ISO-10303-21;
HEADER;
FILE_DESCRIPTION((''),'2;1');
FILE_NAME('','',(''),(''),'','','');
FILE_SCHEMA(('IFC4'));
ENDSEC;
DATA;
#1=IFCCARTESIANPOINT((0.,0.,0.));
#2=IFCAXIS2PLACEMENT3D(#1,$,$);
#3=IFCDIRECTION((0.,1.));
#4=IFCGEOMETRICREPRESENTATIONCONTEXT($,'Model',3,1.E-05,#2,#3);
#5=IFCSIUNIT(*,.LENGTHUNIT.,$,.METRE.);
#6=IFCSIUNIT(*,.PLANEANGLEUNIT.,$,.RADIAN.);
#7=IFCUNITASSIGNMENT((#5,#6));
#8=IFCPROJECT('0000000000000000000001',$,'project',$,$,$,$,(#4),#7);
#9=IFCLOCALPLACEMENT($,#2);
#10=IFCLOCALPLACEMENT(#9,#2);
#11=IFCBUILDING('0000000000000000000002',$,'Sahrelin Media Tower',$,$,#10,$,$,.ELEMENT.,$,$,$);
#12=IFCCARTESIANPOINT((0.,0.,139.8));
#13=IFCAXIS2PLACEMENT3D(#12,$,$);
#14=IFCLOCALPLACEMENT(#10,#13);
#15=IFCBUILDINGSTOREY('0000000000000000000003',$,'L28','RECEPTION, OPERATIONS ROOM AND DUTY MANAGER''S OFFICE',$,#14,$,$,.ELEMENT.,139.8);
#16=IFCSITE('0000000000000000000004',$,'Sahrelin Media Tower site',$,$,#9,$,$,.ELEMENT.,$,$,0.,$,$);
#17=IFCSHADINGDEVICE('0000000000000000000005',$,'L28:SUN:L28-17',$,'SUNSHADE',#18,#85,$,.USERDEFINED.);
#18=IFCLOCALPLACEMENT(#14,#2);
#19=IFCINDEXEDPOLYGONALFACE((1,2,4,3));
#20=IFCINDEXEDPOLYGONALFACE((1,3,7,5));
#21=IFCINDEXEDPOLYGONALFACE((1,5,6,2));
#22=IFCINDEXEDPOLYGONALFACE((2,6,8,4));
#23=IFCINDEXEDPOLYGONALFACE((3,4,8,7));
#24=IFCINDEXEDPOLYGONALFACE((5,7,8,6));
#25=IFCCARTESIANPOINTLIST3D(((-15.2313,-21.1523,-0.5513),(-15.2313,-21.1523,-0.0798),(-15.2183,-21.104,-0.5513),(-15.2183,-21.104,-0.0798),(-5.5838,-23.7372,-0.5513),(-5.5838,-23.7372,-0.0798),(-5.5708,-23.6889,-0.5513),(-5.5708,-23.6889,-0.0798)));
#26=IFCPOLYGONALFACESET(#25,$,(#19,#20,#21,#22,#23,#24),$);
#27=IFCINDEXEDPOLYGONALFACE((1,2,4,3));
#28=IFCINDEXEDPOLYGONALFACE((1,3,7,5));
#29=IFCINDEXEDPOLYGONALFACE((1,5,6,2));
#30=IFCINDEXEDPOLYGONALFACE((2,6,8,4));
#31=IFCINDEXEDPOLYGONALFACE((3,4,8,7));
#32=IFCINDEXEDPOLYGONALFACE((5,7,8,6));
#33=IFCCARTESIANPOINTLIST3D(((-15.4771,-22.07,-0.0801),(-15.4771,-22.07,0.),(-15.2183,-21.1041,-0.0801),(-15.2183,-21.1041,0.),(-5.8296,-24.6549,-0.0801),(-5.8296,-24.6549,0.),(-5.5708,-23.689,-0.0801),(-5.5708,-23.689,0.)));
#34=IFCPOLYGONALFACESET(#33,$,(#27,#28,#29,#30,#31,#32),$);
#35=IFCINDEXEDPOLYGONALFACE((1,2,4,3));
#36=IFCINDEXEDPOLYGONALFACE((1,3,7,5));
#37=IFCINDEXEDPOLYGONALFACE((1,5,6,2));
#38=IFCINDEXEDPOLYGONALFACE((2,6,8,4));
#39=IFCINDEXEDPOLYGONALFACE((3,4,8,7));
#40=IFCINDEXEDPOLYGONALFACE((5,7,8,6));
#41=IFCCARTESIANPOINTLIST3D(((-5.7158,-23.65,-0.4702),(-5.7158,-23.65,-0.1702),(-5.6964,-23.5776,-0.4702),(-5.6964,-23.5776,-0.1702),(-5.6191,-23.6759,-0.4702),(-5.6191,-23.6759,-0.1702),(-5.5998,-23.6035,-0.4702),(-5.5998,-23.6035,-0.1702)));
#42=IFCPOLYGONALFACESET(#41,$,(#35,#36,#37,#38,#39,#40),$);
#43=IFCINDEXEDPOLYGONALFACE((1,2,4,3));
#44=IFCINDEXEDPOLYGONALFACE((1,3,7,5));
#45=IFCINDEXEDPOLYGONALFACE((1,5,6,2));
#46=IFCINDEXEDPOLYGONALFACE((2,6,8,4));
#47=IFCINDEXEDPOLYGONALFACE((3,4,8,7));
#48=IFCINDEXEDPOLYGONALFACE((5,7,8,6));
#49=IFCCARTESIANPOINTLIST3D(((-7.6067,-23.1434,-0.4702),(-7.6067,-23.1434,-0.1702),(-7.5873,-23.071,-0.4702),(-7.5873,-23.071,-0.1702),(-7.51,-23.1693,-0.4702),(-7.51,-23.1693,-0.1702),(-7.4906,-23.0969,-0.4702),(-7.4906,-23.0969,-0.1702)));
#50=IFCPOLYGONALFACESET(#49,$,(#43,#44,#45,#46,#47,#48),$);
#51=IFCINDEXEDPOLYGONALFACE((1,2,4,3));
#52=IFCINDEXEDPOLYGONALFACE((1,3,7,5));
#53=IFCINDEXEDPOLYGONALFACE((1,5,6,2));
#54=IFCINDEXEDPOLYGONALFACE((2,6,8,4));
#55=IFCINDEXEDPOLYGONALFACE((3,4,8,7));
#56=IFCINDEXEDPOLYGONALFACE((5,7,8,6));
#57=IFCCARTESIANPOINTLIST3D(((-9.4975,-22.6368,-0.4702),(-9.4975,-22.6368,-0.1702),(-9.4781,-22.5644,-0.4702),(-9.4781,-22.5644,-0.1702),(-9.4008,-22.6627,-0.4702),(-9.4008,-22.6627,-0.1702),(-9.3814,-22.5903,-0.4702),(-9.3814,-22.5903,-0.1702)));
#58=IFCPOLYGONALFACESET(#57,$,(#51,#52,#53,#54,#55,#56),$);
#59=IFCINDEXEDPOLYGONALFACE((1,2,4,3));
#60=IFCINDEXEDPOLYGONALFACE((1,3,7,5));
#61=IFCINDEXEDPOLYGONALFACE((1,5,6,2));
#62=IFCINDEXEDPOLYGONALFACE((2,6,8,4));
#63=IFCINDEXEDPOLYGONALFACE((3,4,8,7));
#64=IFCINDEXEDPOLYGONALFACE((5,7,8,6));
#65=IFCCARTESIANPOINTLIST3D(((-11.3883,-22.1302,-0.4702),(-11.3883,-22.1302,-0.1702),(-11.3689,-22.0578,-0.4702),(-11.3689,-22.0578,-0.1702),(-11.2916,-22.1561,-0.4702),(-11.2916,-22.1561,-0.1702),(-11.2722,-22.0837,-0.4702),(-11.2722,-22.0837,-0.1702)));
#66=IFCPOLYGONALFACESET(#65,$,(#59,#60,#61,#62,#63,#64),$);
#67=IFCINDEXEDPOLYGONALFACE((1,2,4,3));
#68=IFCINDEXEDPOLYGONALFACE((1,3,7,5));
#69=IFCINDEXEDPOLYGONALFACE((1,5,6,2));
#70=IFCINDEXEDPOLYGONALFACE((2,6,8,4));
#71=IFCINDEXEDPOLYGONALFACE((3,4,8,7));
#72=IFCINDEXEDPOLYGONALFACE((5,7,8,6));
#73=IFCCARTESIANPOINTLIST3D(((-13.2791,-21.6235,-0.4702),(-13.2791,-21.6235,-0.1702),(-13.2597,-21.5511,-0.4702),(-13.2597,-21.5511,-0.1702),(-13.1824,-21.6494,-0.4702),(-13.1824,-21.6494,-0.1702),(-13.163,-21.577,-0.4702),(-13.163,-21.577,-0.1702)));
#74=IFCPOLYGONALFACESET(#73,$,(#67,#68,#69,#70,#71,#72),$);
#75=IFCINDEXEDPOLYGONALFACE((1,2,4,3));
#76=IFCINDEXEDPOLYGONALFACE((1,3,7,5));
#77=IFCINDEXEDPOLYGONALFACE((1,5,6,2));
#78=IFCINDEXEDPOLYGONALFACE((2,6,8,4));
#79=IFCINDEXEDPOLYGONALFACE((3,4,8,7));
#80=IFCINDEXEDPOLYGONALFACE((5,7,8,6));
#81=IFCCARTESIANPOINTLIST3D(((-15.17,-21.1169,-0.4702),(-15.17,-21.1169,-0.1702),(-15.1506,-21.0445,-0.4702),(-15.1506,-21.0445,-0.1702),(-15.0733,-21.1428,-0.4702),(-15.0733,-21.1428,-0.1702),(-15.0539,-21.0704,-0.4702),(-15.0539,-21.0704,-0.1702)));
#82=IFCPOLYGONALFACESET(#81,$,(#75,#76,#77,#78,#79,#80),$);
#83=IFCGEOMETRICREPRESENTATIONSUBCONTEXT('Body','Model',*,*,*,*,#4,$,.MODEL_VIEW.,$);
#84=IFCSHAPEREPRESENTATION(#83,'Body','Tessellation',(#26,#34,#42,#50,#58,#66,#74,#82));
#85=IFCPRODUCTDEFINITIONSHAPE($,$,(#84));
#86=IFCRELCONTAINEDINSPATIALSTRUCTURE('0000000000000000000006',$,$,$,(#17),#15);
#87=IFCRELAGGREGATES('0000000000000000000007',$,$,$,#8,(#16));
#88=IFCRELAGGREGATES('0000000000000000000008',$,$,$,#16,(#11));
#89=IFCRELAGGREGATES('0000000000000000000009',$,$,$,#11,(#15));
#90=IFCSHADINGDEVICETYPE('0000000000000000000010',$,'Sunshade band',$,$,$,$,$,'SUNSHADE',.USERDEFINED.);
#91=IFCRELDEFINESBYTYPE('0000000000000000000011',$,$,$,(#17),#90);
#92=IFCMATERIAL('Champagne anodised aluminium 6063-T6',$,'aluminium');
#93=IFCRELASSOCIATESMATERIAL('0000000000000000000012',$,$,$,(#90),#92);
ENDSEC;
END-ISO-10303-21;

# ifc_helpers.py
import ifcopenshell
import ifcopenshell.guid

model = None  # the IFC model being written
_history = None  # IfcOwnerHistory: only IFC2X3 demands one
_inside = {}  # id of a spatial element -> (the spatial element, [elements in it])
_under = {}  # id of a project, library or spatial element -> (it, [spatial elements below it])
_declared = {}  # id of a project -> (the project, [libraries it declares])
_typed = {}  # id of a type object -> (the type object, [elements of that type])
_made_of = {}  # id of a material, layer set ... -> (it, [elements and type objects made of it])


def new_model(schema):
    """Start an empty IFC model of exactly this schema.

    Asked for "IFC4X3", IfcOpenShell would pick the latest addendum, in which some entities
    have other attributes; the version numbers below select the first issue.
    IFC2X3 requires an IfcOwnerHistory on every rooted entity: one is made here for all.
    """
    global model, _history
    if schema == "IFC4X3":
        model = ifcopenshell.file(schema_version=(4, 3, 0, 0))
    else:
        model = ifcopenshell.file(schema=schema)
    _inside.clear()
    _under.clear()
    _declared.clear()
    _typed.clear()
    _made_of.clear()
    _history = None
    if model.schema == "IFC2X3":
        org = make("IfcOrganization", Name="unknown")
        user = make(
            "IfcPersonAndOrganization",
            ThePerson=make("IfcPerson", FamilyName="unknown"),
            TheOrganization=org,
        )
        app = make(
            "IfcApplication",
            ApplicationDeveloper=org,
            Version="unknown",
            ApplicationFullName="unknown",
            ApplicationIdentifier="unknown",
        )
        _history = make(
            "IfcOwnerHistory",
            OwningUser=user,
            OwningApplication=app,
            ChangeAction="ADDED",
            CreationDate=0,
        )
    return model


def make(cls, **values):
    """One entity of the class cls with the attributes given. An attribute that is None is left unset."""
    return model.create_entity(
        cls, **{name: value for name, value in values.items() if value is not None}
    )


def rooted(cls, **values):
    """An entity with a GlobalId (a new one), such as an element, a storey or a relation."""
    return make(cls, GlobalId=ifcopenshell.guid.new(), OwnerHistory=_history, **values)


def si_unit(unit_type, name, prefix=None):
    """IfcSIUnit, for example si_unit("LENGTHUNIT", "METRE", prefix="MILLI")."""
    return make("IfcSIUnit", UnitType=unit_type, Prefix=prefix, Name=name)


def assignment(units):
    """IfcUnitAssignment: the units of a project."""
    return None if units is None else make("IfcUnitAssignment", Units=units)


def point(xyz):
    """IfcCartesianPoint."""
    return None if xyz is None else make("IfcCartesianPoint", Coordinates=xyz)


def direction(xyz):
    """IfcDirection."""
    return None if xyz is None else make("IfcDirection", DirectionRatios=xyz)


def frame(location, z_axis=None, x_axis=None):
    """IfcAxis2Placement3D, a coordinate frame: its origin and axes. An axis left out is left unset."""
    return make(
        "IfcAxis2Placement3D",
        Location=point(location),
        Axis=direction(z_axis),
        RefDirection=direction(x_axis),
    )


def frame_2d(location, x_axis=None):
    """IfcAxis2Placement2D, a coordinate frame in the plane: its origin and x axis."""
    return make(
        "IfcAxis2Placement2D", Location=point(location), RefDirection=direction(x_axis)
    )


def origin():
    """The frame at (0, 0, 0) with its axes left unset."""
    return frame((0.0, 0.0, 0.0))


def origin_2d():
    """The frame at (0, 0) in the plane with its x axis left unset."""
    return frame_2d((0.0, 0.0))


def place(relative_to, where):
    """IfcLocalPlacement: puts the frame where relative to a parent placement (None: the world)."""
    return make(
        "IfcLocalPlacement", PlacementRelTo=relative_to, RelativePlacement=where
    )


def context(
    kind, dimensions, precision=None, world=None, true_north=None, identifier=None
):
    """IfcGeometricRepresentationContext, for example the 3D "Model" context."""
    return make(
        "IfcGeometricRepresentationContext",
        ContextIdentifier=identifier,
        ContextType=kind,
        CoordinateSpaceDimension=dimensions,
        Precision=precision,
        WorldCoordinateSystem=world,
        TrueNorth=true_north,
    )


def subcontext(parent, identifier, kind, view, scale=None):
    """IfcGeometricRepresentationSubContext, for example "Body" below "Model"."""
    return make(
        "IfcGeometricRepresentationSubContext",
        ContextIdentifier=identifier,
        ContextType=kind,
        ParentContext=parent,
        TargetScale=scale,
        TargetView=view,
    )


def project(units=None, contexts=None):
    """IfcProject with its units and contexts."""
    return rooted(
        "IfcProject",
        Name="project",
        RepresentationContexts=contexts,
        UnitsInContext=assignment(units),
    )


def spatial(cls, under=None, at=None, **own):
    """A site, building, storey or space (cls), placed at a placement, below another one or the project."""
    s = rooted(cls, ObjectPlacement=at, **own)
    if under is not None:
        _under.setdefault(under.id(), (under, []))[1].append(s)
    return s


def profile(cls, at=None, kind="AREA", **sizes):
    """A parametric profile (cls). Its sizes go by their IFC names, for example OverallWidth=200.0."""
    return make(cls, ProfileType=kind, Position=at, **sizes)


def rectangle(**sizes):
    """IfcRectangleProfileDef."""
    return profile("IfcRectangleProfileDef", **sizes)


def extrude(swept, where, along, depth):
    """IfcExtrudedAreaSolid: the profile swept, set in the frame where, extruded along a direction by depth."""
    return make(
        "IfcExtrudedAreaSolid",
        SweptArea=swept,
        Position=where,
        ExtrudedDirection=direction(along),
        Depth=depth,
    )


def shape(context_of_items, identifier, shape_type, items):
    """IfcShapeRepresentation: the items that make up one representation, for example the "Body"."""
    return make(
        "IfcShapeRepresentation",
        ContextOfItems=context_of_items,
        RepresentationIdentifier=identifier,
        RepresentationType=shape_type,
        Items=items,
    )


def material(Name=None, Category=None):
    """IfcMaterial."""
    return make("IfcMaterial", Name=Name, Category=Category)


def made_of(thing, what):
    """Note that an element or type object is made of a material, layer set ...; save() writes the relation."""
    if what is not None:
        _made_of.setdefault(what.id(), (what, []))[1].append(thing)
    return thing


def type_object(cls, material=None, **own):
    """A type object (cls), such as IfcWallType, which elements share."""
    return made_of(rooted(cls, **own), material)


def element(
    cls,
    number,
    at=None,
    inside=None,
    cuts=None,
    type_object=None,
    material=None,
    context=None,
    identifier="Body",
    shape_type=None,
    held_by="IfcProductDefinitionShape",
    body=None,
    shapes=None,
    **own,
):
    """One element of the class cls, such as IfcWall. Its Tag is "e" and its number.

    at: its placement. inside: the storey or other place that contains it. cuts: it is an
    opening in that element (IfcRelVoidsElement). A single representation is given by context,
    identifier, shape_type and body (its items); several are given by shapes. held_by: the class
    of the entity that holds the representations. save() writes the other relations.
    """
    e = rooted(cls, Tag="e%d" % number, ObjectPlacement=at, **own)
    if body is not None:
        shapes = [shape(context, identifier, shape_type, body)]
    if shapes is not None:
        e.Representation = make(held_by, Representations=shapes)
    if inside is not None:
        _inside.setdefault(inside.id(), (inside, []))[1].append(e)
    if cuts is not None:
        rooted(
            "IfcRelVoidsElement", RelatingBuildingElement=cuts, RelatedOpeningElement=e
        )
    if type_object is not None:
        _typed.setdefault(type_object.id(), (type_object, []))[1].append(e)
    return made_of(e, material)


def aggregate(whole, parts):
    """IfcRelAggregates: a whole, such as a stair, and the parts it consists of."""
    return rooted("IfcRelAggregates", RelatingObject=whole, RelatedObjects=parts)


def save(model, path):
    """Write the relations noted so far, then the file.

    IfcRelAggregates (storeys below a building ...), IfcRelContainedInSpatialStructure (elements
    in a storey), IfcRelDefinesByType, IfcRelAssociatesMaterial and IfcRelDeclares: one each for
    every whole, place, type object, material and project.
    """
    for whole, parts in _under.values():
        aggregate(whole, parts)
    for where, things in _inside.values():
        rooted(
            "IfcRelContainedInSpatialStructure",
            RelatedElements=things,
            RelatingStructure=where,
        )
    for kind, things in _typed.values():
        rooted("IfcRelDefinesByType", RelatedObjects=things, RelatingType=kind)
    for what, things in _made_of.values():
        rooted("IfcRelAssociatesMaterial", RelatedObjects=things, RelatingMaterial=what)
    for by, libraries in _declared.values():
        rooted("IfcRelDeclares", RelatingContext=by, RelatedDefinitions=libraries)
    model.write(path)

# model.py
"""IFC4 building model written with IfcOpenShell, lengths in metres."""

from ifc_helpers import new_model, si_unit, direction, frame, origin, origin_2d, place, context, subcontext, project, spatial, rectangle, extrude, material, type_object, element, save


model = new_model("IFC4")

# Units and contexts
model_context = context("Model", 3, precision=1e-05, world=origin(), true_north=direction((0.0, 1.0)))
body_context = subcontext(model_context, "Body", "Model", "MODEL_VIEW")
ifc_project = project(units=[si_unit("LENGTHUNIT", "METRE"), si_unit("PLANEANGLEUNIT", "RADIAN")], contexts=[model_context])

# Site, building, storey
site_placement = place(None, origin())
site = spatial("IfcSite", under=ifc_project, at=site_placement, Name="Sahrelin Media Tower site", CompositionType="ELEMENT", RefElevation=0.0)
building_placement = place(site_placement, origin())
building = spatial("IfcBuilding", under=site, at=building_placement, Name="Sahrelin Media Tower", CompositionType="ELEMENT")
storey_placement = place(building_placement, frame((0.0, 0.0, 139.8)))
storey = spatial("IfcBuildingStorey", under=building, at=storey_placement, Name="L28", Description="RECEPTION, OPERATIONS ROOM AND DUTY MANAGER'S OFFICE", CompositionType="ELEMENT", Elevation=139.8)

# Shared definitions
ifc_material_1 = material(Name="Champagne anodised aluminium 6063-T6", Category="aluminium")

# Shading device
placement = place(storey_placement, frame((-10.3894, -22.3772, 0.0), z_axis=(0.0, 0.0, 1.0), x_axis=(-0.965929, 0.258808, 0.0)))
shading_device_type_1 = type_object("IfcShadingDeviceType", Name="Sunshade band", ElementType="SUNSHADE", PredefinedType="USERDEFINED", material=ifc_material_1)
element("IfcShadingDevice", 1, at=placement, inside=storey, type_object=shading_device_type_1, Name="L28:SUN:L28-17", ObjectType="SUNSHADE", PredefinedType="USERDEFINED", context=body_context, shape_type="SweptSolid", body=[
    extrude(rectangle(XDim=9.9878, YDim=0.05, at=origin_2d()), frame((0.0, 0.0449, -0.5513)), (0.0, 0.0, 1.0), 0.4714),
    extrude(rectangle(XDim=9.9878, YDim=1.0, at=origin_2d()), frame((0.0, 0.52, -0.0801)), (0.0, 0.0, 1.0), 0.0801),
    extrude(rectangle(XDim=0.1001, YDim=0.075, at=origin_2d()), frame((-4.8938, -0.0176, -0.4702)), (0.0, 0.0, 1.0), 0.3),
    extrude(rectangle(XDim=0.1001, YDim=0.075, at=origin_2d()), frame((-2.9363, -0.0176, -0.4702)), (0.0, 0.0, 1.0), 0.3),
    extrude(rectangle(XDim=0.1001, YDim=0.075, at=origin_2d()), frame((-0.9788, -0.0176, -0.4702)), (0.0, 0.0, 1.0), 0.3),
    extrude(rectangle(XDim=0.1001, YDim=0.075, at=origin_2d()), frame((0.9788, -0.0176, -0.4702)), (0.0, 0.0, 1.0), 0.3),
    extrude(rectangle(XDim=0.1001, YDim=0.075, at=origin_2d()), frame((2.9363, -0.0176, -0.4702)), (0.0, 0.0, 1.0), 0.3),
    extrude(rectangle(XDim=0.1001, YDim=0.075, at=origin_2d()), frame((4.8938, -0.0176, -0.4702)), (0.0, 0.0, 1.0), 0.3),
])

save(model, "model.ifc")
